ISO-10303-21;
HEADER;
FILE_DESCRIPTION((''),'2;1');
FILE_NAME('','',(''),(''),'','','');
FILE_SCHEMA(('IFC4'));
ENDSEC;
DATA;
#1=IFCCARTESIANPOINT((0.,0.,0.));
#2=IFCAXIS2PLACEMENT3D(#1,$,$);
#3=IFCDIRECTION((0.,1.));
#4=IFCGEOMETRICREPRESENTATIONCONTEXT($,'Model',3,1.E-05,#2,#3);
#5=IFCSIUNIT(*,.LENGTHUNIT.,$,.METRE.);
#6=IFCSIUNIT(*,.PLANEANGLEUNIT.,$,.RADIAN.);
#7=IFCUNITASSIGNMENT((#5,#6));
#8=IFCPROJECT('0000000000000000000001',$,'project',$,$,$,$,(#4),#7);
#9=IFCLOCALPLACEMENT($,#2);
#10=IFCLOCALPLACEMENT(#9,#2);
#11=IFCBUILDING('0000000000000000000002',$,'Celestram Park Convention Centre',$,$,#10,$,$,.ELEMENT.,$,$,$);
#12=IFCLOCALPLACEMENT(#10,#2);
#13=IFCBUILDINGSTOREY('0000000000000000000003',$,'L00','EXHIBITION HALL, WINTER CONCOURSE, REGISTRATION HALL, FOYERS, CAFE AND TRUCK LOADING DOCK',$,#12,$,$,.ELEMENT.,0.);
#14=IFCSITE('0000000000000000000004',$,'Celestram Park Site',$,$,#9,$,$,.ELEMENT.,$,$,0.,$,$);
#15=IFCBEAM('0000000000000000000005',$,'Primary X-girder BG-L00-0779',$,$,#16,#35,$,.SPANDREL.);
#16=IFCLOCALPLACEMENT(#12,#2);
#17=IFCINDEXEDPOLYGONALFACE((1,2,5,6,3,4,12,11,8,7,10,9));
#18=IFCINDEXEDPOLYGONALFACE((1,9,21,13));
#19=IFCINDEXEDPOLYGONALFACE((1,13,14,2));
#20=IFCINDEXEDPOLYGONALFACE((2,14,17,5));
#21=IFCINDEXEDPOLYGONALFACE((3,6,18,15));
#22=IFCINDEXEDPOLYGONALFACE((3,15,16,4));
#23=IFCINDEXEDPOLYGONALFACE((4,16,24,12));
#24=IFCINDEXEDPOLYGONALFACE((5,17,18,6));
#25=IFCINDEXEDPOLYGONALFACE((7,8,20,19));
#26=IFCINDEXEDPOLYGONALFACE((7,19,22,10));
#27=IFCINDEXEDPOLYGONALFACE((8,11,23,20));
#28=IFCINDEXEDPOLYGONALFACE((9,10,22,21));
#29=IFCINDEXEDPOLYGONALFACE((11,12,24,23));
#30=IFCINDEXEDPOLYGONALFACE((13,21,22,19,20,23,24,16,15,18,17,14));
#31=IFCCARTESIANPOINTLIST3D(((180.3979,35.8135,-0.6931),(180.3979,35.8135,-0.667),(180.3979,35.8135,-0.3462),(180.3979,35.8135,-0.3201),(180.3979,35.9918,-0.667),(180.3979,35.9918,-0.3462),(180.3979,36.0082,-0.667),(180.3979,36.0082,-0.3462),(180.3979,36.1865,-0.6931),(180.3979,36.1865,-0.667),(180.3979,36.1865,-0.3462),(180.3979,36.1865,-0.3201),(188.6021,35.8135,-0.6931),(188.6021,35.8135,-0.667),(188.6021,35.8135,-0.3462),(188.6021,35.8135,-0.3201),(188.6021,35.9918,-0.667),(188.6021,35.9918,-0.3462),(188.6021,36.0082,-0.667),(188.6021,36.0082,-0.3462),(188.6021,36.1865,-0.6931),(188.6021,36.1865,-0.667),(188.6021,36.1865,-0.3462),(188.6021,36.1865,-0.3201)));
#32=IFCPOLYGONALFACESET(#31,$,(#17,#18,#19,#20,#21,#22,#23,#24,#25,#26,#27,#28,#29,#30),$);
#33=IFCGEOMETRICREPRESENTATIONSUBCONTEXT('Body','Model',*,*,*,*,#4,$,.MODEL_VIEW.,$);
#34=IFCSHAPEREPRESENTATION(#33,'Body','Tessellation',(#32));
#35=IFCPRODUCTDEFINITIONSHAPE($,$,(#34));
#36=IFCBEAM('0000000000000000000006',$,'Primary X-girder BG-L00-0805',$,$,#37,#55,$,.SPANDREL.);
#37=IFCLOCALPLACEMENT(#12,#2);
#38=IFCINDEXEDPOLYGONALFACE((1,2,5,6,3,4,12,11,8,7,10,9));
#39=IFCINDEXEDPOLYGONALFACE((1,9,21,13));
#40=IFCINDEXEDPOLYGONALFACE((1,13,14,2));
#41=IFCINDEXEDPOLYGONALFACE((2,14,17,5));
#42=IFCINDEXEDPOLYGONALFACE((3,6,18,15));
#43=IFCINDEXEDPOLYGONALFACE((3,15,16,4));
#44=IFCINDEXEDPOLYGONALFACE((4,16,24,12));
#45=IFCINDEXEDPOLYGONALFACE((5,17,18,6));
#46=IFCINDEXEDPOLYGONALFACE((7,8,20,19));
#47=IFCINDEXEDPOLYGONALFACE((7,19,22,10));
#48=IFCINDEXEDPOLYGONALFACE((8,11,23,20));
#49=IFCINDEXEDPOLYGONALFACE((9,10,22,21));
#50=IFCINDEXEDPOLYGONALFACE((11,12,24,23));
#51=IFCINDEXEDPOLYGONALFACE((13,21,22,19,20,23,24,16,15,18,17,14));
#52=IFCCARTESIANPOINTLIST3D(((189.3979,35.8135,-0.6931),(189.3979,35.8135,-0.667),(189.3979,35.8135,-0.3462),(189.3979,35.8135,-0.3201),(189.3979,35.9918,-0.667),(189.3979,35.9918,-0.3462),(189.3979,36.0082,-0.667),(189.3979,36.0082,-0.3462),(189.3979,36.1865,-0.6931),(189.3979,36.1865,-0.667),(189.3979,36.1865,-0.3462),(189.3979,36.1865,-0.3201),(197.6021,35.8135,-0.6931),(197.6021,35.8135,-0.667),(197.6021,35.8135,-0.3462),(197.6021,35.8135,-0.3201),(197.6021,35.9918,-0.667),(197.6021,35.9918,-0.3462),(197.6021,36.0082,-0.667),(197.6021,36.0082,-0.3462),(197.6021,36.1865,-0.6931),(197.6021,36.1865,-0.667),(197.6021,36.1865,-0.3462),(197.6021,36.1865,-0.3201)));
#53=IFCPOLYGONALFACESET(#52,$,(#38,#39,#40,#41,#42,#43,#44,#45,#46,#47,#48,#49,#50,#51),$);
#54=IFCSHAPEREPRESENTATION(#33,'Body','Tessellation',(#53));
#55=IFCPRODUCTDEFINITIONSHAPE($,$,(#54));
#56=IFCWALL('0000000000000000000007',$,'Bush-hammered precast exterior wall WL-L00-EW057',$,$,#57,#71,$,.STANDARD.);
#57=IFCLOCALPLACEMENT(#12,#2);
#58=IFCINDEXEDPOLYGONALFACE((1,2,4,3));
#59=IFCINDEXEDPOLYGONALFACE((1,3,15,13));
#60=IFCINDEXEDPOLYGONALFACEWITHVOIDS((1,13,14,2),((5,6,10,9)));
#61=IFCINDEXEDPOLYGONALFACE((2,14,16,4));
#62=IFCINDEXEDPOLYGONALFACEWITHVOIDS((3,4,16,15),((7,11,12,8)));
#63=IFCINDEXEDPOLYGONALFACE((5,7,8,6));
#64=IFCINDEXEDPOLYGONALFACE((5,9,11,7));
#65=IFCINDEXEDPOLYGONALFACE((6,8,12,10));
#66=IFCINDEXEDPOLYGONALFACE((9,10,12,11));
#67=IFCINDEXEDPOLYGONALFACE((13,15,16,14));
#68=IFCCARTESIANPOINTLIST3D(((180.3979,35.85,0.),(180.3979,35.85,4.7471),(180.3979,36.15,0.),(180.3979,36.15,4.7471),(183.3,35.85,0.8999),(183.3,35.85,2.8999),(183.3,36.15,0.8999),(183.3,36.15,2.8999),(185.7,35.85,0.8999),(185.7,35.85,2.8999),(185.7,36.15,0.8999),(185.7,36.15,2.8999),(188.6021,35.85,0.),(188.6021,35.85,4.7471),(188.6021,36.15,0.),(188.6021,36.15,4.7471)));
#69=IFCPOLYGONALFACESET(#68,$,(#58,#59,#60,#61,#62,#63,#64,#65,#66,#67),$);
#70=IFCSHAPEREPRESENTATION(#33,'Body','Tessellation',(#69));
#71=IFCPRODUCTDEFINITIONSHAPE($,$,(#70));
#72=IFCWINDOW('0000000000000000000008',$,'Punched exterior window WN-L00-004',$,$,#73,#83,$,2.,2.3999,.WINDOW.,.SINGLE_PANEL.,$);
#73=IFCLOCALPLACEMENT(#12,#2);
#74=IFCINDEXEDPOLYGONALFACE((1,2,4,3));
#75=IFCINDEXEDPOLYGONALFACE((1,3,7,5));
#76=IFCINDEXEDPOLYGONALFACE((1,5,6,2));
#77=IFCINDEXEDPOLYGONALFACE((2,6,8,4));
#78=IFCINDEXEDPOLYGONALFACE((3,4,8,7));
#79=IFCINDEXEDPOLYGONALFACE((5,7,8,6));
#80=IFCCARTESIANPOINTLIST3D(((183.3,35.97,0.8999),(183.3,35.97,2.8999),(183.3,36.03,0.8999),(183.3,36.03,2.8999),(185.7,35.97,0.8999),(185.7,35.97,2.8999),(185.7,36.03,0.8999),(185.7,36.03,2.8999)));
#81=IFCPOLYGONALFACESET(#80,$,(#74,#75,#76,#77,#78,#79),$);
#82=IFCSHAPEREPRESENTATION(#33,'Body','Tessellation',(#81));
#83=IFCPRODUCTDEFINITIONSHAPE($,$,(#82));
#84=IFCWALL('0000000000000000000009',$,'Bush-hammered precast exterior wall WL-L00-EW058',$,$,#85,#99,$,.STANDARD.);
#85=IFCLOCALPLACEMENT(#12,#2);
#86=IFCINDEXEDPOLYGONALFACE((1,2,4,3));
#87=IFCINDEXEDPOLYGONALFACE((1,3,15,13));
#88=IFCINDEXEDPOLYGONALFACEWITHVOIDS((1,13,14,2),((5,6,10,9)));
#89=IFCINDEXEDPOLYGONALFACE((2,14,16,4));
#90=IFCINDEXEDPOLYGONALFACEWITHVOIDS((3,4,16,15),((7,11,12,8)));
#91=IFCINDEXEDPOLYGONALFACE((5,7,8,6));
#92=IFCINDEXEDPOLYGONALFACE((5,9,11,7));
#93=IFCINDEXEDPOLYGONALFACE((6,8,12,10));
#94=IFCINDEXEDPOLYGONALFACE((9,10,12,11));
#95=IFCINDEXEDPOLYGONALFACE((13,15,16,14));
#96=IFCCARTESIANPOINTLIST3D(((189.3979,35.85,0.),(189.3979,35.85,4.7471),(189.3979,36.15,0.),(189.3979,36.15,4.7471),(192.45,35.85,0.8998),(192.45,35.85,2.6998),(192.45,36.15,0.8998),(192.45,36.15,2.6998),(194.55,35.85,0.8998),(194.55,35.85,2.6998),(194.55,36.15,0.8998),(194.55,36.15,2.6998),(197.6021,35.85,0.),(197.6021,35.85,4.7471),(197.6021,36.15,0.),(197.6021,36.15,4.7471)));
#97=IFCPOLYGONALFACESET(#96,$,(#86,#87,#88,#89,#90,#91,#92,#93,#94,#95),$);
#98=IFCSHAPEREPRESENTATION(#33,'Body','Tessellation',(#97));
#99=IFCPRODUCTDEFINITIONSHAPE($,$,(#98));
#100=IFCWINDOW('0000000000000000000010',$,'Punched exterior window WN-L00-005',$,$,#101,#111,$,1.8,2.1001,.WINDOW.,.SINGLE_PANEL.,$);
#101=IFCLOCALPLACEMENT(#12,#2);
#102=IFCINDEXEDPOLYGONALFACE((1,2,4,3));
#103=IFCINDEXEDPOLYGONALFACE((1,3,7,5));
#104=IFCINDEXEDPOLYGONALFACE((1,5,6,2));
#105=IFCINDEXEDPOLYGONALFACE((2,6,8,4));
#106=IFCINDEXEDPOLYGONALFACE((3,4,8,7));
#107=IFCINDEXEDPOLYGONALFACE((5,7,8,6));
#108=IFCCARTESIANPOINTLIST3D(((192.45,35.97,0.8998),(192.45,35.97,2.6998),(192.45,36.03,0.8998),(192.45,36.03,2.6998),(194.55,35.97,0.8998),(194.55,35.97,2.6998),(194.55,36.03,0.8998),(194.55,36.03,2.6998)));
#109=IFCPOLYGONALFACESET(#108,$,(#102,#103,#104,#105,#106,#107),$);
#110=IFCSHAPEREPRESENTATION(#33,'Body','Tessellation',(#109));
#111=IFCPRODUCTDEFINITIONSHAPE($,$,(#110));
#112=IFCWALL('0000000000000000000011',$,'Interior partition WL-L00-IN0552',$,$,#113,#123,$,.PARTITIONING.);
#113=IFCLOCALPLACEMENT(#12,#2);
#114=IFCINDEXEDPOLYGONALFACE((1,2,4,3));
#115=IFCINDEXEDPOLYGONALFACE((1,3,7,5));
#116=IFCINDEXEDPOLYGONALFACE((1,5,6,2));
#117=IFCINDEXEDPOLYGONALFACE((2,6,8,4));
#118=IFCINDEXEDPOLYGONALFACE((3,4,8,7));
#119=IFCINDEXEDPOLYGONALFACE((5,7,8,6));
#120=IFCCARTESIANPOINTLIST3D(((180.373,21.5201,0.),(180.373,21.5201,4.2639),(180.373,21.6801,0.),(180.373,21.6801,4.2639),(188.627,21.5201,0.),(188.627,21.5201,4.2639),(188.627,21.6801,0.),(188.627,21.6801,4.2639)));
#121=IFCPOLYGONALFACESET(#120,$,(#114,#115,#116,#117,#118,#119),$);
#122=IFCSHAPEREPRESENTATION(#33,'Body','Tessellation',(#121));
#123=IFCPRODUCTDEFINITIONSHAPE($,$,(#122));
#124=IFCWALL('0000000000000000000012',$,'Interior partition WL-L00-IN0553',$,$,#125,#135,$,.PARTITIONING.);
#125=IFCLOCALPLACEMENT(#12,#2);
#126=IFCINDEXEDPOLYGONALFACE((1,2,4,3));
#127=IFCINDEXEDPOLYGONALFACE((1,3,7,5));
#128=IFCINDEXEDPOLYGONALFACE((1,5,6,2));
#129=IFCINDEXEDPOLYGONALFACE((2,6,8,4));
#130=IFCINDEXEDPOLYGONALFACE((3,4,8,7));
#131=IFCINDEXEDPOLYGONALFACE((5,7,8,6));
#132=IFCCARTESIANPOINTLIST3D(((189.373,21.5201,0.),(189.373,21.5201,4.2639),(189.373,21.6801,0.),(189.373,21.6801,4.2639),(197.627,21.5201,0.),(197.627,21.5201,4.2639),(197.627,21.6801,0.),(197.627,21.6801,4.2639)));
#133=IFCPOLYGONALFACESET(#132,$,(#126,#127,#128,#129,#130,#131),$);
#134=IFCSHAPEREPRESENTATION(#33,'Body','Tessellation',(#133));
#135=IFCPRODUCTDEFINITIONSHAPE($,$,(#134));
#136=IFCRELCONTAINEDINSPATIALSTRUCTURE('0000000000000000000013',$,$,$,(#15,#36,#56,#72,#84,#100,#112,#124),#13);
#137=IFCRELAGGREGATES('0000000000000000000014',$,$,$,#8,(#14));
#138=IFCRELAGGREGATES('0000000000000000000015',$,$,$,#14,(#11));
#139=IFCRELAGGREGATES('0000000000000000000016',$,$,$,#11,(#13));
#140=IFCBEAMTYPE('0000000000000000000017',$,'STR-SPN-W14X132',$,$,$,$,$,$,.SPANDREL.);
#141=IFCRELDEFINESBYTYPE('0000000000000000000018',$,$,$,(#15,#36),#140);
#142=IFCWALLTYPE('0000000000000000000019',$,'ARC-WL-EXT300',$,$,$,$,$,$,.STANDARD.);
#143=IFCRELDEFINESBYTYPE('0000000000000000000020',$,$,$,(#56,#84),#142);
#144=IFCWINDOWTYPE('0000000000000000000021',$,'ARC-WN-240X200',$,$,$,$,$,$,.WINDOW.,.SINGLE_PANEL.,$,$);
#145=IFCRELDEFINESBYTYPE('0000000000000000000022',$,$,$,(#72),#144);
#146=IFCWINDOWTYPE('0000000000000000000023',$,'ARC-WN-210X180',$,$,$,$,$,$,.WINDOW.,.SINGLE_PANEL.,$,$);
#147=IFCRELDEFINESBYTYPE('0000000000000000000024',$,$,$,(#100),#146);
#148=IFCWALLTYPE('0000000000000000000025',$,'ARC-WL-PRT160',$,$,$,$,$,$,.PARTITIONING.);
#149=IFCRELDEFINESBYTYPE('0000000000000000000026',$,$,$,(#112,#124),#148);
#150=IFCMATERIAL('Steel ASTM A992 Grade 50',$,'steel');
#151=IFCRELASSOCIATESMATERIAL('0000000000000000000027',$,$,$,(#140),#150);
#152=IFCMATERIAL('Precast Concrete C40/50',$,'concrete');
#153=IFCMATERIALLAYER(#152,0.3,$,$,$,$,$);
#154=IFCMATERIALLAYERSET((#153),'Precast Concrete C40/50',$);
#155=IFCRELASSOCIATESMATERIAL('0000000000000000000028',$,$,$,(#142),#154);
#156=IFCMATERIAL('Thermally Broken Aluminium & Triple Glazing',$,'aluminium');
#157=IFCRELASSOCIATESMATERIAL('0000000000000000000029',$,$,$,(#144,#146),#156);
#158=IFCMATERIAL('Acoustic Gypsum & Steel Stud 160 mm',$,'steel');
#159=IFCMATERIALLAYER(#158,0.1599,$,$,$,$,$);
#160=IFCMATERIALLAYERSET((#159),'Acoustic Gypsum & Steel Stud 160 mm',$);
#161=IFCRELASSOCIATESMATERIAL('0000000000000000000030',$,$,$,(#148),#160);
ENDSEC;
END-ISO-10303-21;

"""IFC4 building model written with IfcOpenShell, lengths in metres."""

from ifc_helpers import new_model, si_unit, direction, frame, frame_2d, origin, origin_2d, place, context, subcontext, project, spatial, rectangle, i_section, extrude, material, layer, layer_set, material_profile, profile_set, type_object, element, fill, save


model = new_model("IFC4")

# Units and contexts
model_context = context("Model", 3, precision=1e-05, world=origin(), true_north=direction((0.0, 1.0)))
body_context = subcontext(model_context, "Body", "Model", "MODEL_VIEW")
ifc_project = project(units=[si_unit("LENGTHUNIT", "METRE"), si_unit("PLANEANGLEUNIT", "RADIAN")], contexts=[model_context])

# Site, building, storey
site_placement = place(None, origin())
site = spatial("IfcSite", under=ifc_project, at=site_placement, Name="Celestram Park Site", CompositionType="ELEMENT", RefElevation=0.0)
building_placement = place(site_placement, origin())
building = spatial("IfcBuilding", under=site, at=building_placement, Name="Celestram Park Convention Centre", CompositionType="ELEMENT")
storey_placement = place(building_placement, origin())
storey = spatial("IfcBuildingStorey", under=building, at=storey_placement, Name="L00", Description="EXHIBITION HALL, WINTER CONCOURSE, REGISTRATION HALL, FOYERS, CAFE AND TRUCK LOADING DOCK", CompositionType="ELEMENT", Elevation=0.0)

# Beams
ifc_material_1 = material(Name="Steel ASTM A992 Grade 50", Category="steel")
ifc_material_profile_1 = material_profile(ifc_material_1, i_section(OverallWidth=0.373, OverallDepth=0.373, WebThickness=0.0164, FlangeThickness=0.0261, at=origin_2d()), Name="W14X132")
ifc_profile_set_1 = profile_set([ifc_material_profile_1], Name="Steel ASTM A992 Grade 50")
beam_type_1 = type_object("IfcBeamType", Name="STR-SPN-W14X132", PredefinedType="SPANDREL", material=ifc_profile_set_1)
for number, where, z_axis, x_axis, name in (
    (1, (180.3979, 36.0, -0.5066), (1.0, 0.0, 0.0), (0.0, 1.0, 0.0), "Primary X-girder BG-L00-0779"),
    (2, (189.3979, 36.0, -0.5066), (1.0, 0.0, 0.0), (0.0, 1.0, 0.0), "Primary X-girder BG-L00-0805"),
):
    element("IfcBeam", number, at=place(storey_placement, frame(where, z_axis=z_axis, x_axis=x_axis)), inside=storey, type_object=beam_type_1, Name=name, PredefinedType="SPANDREL", context=body_context, shape_type="SweptSolid", body=[
        extrude(i_section(OverallWidth=0.373, OverallDepth=0.373, WebThickness=0.0164, FlangeThickness=0.0261, at=origin_2d()), origin(), (0.0, 0.0, 1.0), 8.2041),
    ])

# Walls, openings, windows
ifc_material_2 = material(Name="Precast Concrete C40/50", Category="concrete")
ifc_layer_1 = layer(ifc_material_2, 0.3)
ifc_layer_set_1 = layer_set([ifc_layer_1], Name="Precast Concrete C40/50")
wall_type_1 = type_object("IfcWallType", Name="ARC-WL-EXT300", PredefinedType="STANDARD", material=ifc_layer_set_1)
wall_1_placement = place(storey_placement, frame((180.3979, 36.0, 0.0), z_axis=(0.0, 0.0, 1.0), x_axis=(1.0, 0.0, 0.0)))
wall_1 = element("IfcWall", 3, at=wall_1_placement, inside=storey, type_object=wall_type_1, Name="Bush-hammered precast exterior wall WL-L00-EW057", PredefinedType="STANDARD", context=body_context, shape_type="SweptSolid", body=[
    extrude(rectangle(XDim=8.2041, YDim=0.3, at=frame_2d((4.1021, 0.0))), origin(), (0.0, 0.0, 1.0), 4.7471),
])
opening_1_placement = place(wall_1_placement, frame((2.9021, 0.0, 0.8999)))
opening_1 = element("IfcOpeningElement", 4, at=opening_1_placement, cuts=wall_1, PredefinedType="OPENING", context=body_context, shape_type="SweptSolid", body=[
    extrude(rectangle(XDim=2.3999, YDim=2.0, at=frame_2d((1.2, 1.0))), frame((0.0, 0.1599, 0.0), z_axis=(0.0, -1.0, 0.0), x_axis=(1.0, 0.0, 0.0)), (0.0, 0.0, 1.0), 0.3201),
])
ifc_material_3 = material(Name="Thermally Broken Aluminium & Triple Glazing", Category="aluminium")
window_type_1 = type_object("IfcWindowType", Name="ARC-WN-240X200", PartitioningType="SINGLE_PANEL", PredefinedType="WINDOW", material=ifc_material_3)
window_1_placement = place(opening_1_placement, origin())
window_1 = element("IfcWindow", 5, at=window_1_placement, inside=storey, type_object=window_type_1, Name="Punched exterior window WN-L00-004", OverallHeight=2.0, OverallWidth=2.3999, PartitioningType="SINGLE_PANEL", PredefinedType="WINDOW", context=body_context, shape_type="SweptSolid", body=[
    extrude(rectangle(XDim=2.3999, YDim=2.0, at=frame_2d((1.2, 1.0))), frame((0.0, 0.03, 0.0), z_axis=(0.0, -1.0, 0.0), x_axis=(1.0, 0.0, 0.0)), (0.0, 0.0, 1.0), 0.0601),
])
fill(opening_1, window_1)
wall_2_placement = place(storey_placement, frame((189.3979, 36.0, 0.0), z_axis=(0.0, 0.0, 1.0), x_axis=(1.0, 0.0, 0.0)))
wall_2 = element("IfcWall", 6, at=wall_2_placement, inside=storey, type_object=wall_type_1, Name="Bush-hammered precast exterior wall WL-L00-EW058", PredefinedType="STANDARD", context=body_context, shape_type="SweptSolid", body=[
    extrude(rectangle(XDim=8.2041, YDim=0.3, at=frame_2d((4.1021, 0.0))), origin(), (0.0, 0.0, 1.0), 4.7471),
])
opening_2_placement = place(wall_2_placement, frame((3.052, 0.0, 0.8999)))
opening_2 = element("IfcOpeningElement", 7, at=opening_2_placement, cuts=wall_2, PredefinedType="OPENING", context=body_context, shape_type="SweptSolid", body=[
    extrude(rectangle(XDim=2.1001, YDim=1.8, at=frame_2d((1.05, 0.8999))), frame((0.0, 0.1599, 0.0), z_axis=(0.0, -1.0, 0.0), x_axis=(1.0, 0.0, 0.0)), (0.0, 0.0, 1.0), 0.3201),
])
window_type_2 = type_object("IfcWindowType", Name="ARC-WN-210X180", PartitioningType="SINGLE_PANEL", PredefinedType="WINDOW", material=ifc_material_3)
window_2_placement = place(opening_2_placement, origin())
window_2 = element("IfcWindow", 8, at=window_2_placement, inside=storey, type_object=window_type_2, Name="Punched exterior window WN-L00-005", OverallHeight=1.8, OverallWidth=2.1001, PartitioningType="SINGLE_PANEL", PredefinedType="WINDOW", context=body_context, shape_type="SweptSolid", body=[
    extrude(rectangle(XDim=2.1001, YDim=1.8, at=frame_2d((1.05, 0.8999))), frame((0.0, 0.03, 0.0), z_axis=(0.0, -1.0, 0.0), x_axis=(1.0, 0.0, 0.0)), (0.0, 0.0, 1.0), 0.0601),
])
fill(opening_2, window_2)

# Walls
ifc_material_4 = material(Name="Acoustic Gypsum & Steel Stud 160 mm", Category="steel")
ifc_layer_2 = layer(ifc_material_4, 0.1599)
ifc_layer_set_2 = layer_set([ifc_layer_2], Name="Acoustic Gypsum & Steel Stud 160 mm")
wall_type_2 = type_object("IfcWallType", Name="ARC-WL-PRT160", PredefinedType="PARTITIONING", material=ifc_layer_set_2)
for number, where, z_axis, x_axis, name in (
    (9, (180.373, 21.6001, 0.0), (0.0, 0.0, 1.0), (1.0, 0.0, 0.0), "Interior partition WL-L00-IN0552"),
    (10, (189.373, 21.6001, 0.0), (0.0, 0.0, 1.0), (1.0, 0.0, 0.0), "Interior partition WL-L00-IN0553"),
):
    element("IfcWall", number, at=place(storey_placement, frame(where, z_axis=z_axis, x_axis=x_axis)), inside=storey, type_object=wall_type_2, Name=name, PredefinedType="PARTITIONING", context=body_context, shape_type="SweptSolid", body=[
        extrude(rectangle(XDim=8.2539, YDim=0.1599, at=frame_2d((4.127, 0.0))), origin(), (0.0, 0.0, 1.0), 4.2639),
    ])

save(model, "model.ifc")
